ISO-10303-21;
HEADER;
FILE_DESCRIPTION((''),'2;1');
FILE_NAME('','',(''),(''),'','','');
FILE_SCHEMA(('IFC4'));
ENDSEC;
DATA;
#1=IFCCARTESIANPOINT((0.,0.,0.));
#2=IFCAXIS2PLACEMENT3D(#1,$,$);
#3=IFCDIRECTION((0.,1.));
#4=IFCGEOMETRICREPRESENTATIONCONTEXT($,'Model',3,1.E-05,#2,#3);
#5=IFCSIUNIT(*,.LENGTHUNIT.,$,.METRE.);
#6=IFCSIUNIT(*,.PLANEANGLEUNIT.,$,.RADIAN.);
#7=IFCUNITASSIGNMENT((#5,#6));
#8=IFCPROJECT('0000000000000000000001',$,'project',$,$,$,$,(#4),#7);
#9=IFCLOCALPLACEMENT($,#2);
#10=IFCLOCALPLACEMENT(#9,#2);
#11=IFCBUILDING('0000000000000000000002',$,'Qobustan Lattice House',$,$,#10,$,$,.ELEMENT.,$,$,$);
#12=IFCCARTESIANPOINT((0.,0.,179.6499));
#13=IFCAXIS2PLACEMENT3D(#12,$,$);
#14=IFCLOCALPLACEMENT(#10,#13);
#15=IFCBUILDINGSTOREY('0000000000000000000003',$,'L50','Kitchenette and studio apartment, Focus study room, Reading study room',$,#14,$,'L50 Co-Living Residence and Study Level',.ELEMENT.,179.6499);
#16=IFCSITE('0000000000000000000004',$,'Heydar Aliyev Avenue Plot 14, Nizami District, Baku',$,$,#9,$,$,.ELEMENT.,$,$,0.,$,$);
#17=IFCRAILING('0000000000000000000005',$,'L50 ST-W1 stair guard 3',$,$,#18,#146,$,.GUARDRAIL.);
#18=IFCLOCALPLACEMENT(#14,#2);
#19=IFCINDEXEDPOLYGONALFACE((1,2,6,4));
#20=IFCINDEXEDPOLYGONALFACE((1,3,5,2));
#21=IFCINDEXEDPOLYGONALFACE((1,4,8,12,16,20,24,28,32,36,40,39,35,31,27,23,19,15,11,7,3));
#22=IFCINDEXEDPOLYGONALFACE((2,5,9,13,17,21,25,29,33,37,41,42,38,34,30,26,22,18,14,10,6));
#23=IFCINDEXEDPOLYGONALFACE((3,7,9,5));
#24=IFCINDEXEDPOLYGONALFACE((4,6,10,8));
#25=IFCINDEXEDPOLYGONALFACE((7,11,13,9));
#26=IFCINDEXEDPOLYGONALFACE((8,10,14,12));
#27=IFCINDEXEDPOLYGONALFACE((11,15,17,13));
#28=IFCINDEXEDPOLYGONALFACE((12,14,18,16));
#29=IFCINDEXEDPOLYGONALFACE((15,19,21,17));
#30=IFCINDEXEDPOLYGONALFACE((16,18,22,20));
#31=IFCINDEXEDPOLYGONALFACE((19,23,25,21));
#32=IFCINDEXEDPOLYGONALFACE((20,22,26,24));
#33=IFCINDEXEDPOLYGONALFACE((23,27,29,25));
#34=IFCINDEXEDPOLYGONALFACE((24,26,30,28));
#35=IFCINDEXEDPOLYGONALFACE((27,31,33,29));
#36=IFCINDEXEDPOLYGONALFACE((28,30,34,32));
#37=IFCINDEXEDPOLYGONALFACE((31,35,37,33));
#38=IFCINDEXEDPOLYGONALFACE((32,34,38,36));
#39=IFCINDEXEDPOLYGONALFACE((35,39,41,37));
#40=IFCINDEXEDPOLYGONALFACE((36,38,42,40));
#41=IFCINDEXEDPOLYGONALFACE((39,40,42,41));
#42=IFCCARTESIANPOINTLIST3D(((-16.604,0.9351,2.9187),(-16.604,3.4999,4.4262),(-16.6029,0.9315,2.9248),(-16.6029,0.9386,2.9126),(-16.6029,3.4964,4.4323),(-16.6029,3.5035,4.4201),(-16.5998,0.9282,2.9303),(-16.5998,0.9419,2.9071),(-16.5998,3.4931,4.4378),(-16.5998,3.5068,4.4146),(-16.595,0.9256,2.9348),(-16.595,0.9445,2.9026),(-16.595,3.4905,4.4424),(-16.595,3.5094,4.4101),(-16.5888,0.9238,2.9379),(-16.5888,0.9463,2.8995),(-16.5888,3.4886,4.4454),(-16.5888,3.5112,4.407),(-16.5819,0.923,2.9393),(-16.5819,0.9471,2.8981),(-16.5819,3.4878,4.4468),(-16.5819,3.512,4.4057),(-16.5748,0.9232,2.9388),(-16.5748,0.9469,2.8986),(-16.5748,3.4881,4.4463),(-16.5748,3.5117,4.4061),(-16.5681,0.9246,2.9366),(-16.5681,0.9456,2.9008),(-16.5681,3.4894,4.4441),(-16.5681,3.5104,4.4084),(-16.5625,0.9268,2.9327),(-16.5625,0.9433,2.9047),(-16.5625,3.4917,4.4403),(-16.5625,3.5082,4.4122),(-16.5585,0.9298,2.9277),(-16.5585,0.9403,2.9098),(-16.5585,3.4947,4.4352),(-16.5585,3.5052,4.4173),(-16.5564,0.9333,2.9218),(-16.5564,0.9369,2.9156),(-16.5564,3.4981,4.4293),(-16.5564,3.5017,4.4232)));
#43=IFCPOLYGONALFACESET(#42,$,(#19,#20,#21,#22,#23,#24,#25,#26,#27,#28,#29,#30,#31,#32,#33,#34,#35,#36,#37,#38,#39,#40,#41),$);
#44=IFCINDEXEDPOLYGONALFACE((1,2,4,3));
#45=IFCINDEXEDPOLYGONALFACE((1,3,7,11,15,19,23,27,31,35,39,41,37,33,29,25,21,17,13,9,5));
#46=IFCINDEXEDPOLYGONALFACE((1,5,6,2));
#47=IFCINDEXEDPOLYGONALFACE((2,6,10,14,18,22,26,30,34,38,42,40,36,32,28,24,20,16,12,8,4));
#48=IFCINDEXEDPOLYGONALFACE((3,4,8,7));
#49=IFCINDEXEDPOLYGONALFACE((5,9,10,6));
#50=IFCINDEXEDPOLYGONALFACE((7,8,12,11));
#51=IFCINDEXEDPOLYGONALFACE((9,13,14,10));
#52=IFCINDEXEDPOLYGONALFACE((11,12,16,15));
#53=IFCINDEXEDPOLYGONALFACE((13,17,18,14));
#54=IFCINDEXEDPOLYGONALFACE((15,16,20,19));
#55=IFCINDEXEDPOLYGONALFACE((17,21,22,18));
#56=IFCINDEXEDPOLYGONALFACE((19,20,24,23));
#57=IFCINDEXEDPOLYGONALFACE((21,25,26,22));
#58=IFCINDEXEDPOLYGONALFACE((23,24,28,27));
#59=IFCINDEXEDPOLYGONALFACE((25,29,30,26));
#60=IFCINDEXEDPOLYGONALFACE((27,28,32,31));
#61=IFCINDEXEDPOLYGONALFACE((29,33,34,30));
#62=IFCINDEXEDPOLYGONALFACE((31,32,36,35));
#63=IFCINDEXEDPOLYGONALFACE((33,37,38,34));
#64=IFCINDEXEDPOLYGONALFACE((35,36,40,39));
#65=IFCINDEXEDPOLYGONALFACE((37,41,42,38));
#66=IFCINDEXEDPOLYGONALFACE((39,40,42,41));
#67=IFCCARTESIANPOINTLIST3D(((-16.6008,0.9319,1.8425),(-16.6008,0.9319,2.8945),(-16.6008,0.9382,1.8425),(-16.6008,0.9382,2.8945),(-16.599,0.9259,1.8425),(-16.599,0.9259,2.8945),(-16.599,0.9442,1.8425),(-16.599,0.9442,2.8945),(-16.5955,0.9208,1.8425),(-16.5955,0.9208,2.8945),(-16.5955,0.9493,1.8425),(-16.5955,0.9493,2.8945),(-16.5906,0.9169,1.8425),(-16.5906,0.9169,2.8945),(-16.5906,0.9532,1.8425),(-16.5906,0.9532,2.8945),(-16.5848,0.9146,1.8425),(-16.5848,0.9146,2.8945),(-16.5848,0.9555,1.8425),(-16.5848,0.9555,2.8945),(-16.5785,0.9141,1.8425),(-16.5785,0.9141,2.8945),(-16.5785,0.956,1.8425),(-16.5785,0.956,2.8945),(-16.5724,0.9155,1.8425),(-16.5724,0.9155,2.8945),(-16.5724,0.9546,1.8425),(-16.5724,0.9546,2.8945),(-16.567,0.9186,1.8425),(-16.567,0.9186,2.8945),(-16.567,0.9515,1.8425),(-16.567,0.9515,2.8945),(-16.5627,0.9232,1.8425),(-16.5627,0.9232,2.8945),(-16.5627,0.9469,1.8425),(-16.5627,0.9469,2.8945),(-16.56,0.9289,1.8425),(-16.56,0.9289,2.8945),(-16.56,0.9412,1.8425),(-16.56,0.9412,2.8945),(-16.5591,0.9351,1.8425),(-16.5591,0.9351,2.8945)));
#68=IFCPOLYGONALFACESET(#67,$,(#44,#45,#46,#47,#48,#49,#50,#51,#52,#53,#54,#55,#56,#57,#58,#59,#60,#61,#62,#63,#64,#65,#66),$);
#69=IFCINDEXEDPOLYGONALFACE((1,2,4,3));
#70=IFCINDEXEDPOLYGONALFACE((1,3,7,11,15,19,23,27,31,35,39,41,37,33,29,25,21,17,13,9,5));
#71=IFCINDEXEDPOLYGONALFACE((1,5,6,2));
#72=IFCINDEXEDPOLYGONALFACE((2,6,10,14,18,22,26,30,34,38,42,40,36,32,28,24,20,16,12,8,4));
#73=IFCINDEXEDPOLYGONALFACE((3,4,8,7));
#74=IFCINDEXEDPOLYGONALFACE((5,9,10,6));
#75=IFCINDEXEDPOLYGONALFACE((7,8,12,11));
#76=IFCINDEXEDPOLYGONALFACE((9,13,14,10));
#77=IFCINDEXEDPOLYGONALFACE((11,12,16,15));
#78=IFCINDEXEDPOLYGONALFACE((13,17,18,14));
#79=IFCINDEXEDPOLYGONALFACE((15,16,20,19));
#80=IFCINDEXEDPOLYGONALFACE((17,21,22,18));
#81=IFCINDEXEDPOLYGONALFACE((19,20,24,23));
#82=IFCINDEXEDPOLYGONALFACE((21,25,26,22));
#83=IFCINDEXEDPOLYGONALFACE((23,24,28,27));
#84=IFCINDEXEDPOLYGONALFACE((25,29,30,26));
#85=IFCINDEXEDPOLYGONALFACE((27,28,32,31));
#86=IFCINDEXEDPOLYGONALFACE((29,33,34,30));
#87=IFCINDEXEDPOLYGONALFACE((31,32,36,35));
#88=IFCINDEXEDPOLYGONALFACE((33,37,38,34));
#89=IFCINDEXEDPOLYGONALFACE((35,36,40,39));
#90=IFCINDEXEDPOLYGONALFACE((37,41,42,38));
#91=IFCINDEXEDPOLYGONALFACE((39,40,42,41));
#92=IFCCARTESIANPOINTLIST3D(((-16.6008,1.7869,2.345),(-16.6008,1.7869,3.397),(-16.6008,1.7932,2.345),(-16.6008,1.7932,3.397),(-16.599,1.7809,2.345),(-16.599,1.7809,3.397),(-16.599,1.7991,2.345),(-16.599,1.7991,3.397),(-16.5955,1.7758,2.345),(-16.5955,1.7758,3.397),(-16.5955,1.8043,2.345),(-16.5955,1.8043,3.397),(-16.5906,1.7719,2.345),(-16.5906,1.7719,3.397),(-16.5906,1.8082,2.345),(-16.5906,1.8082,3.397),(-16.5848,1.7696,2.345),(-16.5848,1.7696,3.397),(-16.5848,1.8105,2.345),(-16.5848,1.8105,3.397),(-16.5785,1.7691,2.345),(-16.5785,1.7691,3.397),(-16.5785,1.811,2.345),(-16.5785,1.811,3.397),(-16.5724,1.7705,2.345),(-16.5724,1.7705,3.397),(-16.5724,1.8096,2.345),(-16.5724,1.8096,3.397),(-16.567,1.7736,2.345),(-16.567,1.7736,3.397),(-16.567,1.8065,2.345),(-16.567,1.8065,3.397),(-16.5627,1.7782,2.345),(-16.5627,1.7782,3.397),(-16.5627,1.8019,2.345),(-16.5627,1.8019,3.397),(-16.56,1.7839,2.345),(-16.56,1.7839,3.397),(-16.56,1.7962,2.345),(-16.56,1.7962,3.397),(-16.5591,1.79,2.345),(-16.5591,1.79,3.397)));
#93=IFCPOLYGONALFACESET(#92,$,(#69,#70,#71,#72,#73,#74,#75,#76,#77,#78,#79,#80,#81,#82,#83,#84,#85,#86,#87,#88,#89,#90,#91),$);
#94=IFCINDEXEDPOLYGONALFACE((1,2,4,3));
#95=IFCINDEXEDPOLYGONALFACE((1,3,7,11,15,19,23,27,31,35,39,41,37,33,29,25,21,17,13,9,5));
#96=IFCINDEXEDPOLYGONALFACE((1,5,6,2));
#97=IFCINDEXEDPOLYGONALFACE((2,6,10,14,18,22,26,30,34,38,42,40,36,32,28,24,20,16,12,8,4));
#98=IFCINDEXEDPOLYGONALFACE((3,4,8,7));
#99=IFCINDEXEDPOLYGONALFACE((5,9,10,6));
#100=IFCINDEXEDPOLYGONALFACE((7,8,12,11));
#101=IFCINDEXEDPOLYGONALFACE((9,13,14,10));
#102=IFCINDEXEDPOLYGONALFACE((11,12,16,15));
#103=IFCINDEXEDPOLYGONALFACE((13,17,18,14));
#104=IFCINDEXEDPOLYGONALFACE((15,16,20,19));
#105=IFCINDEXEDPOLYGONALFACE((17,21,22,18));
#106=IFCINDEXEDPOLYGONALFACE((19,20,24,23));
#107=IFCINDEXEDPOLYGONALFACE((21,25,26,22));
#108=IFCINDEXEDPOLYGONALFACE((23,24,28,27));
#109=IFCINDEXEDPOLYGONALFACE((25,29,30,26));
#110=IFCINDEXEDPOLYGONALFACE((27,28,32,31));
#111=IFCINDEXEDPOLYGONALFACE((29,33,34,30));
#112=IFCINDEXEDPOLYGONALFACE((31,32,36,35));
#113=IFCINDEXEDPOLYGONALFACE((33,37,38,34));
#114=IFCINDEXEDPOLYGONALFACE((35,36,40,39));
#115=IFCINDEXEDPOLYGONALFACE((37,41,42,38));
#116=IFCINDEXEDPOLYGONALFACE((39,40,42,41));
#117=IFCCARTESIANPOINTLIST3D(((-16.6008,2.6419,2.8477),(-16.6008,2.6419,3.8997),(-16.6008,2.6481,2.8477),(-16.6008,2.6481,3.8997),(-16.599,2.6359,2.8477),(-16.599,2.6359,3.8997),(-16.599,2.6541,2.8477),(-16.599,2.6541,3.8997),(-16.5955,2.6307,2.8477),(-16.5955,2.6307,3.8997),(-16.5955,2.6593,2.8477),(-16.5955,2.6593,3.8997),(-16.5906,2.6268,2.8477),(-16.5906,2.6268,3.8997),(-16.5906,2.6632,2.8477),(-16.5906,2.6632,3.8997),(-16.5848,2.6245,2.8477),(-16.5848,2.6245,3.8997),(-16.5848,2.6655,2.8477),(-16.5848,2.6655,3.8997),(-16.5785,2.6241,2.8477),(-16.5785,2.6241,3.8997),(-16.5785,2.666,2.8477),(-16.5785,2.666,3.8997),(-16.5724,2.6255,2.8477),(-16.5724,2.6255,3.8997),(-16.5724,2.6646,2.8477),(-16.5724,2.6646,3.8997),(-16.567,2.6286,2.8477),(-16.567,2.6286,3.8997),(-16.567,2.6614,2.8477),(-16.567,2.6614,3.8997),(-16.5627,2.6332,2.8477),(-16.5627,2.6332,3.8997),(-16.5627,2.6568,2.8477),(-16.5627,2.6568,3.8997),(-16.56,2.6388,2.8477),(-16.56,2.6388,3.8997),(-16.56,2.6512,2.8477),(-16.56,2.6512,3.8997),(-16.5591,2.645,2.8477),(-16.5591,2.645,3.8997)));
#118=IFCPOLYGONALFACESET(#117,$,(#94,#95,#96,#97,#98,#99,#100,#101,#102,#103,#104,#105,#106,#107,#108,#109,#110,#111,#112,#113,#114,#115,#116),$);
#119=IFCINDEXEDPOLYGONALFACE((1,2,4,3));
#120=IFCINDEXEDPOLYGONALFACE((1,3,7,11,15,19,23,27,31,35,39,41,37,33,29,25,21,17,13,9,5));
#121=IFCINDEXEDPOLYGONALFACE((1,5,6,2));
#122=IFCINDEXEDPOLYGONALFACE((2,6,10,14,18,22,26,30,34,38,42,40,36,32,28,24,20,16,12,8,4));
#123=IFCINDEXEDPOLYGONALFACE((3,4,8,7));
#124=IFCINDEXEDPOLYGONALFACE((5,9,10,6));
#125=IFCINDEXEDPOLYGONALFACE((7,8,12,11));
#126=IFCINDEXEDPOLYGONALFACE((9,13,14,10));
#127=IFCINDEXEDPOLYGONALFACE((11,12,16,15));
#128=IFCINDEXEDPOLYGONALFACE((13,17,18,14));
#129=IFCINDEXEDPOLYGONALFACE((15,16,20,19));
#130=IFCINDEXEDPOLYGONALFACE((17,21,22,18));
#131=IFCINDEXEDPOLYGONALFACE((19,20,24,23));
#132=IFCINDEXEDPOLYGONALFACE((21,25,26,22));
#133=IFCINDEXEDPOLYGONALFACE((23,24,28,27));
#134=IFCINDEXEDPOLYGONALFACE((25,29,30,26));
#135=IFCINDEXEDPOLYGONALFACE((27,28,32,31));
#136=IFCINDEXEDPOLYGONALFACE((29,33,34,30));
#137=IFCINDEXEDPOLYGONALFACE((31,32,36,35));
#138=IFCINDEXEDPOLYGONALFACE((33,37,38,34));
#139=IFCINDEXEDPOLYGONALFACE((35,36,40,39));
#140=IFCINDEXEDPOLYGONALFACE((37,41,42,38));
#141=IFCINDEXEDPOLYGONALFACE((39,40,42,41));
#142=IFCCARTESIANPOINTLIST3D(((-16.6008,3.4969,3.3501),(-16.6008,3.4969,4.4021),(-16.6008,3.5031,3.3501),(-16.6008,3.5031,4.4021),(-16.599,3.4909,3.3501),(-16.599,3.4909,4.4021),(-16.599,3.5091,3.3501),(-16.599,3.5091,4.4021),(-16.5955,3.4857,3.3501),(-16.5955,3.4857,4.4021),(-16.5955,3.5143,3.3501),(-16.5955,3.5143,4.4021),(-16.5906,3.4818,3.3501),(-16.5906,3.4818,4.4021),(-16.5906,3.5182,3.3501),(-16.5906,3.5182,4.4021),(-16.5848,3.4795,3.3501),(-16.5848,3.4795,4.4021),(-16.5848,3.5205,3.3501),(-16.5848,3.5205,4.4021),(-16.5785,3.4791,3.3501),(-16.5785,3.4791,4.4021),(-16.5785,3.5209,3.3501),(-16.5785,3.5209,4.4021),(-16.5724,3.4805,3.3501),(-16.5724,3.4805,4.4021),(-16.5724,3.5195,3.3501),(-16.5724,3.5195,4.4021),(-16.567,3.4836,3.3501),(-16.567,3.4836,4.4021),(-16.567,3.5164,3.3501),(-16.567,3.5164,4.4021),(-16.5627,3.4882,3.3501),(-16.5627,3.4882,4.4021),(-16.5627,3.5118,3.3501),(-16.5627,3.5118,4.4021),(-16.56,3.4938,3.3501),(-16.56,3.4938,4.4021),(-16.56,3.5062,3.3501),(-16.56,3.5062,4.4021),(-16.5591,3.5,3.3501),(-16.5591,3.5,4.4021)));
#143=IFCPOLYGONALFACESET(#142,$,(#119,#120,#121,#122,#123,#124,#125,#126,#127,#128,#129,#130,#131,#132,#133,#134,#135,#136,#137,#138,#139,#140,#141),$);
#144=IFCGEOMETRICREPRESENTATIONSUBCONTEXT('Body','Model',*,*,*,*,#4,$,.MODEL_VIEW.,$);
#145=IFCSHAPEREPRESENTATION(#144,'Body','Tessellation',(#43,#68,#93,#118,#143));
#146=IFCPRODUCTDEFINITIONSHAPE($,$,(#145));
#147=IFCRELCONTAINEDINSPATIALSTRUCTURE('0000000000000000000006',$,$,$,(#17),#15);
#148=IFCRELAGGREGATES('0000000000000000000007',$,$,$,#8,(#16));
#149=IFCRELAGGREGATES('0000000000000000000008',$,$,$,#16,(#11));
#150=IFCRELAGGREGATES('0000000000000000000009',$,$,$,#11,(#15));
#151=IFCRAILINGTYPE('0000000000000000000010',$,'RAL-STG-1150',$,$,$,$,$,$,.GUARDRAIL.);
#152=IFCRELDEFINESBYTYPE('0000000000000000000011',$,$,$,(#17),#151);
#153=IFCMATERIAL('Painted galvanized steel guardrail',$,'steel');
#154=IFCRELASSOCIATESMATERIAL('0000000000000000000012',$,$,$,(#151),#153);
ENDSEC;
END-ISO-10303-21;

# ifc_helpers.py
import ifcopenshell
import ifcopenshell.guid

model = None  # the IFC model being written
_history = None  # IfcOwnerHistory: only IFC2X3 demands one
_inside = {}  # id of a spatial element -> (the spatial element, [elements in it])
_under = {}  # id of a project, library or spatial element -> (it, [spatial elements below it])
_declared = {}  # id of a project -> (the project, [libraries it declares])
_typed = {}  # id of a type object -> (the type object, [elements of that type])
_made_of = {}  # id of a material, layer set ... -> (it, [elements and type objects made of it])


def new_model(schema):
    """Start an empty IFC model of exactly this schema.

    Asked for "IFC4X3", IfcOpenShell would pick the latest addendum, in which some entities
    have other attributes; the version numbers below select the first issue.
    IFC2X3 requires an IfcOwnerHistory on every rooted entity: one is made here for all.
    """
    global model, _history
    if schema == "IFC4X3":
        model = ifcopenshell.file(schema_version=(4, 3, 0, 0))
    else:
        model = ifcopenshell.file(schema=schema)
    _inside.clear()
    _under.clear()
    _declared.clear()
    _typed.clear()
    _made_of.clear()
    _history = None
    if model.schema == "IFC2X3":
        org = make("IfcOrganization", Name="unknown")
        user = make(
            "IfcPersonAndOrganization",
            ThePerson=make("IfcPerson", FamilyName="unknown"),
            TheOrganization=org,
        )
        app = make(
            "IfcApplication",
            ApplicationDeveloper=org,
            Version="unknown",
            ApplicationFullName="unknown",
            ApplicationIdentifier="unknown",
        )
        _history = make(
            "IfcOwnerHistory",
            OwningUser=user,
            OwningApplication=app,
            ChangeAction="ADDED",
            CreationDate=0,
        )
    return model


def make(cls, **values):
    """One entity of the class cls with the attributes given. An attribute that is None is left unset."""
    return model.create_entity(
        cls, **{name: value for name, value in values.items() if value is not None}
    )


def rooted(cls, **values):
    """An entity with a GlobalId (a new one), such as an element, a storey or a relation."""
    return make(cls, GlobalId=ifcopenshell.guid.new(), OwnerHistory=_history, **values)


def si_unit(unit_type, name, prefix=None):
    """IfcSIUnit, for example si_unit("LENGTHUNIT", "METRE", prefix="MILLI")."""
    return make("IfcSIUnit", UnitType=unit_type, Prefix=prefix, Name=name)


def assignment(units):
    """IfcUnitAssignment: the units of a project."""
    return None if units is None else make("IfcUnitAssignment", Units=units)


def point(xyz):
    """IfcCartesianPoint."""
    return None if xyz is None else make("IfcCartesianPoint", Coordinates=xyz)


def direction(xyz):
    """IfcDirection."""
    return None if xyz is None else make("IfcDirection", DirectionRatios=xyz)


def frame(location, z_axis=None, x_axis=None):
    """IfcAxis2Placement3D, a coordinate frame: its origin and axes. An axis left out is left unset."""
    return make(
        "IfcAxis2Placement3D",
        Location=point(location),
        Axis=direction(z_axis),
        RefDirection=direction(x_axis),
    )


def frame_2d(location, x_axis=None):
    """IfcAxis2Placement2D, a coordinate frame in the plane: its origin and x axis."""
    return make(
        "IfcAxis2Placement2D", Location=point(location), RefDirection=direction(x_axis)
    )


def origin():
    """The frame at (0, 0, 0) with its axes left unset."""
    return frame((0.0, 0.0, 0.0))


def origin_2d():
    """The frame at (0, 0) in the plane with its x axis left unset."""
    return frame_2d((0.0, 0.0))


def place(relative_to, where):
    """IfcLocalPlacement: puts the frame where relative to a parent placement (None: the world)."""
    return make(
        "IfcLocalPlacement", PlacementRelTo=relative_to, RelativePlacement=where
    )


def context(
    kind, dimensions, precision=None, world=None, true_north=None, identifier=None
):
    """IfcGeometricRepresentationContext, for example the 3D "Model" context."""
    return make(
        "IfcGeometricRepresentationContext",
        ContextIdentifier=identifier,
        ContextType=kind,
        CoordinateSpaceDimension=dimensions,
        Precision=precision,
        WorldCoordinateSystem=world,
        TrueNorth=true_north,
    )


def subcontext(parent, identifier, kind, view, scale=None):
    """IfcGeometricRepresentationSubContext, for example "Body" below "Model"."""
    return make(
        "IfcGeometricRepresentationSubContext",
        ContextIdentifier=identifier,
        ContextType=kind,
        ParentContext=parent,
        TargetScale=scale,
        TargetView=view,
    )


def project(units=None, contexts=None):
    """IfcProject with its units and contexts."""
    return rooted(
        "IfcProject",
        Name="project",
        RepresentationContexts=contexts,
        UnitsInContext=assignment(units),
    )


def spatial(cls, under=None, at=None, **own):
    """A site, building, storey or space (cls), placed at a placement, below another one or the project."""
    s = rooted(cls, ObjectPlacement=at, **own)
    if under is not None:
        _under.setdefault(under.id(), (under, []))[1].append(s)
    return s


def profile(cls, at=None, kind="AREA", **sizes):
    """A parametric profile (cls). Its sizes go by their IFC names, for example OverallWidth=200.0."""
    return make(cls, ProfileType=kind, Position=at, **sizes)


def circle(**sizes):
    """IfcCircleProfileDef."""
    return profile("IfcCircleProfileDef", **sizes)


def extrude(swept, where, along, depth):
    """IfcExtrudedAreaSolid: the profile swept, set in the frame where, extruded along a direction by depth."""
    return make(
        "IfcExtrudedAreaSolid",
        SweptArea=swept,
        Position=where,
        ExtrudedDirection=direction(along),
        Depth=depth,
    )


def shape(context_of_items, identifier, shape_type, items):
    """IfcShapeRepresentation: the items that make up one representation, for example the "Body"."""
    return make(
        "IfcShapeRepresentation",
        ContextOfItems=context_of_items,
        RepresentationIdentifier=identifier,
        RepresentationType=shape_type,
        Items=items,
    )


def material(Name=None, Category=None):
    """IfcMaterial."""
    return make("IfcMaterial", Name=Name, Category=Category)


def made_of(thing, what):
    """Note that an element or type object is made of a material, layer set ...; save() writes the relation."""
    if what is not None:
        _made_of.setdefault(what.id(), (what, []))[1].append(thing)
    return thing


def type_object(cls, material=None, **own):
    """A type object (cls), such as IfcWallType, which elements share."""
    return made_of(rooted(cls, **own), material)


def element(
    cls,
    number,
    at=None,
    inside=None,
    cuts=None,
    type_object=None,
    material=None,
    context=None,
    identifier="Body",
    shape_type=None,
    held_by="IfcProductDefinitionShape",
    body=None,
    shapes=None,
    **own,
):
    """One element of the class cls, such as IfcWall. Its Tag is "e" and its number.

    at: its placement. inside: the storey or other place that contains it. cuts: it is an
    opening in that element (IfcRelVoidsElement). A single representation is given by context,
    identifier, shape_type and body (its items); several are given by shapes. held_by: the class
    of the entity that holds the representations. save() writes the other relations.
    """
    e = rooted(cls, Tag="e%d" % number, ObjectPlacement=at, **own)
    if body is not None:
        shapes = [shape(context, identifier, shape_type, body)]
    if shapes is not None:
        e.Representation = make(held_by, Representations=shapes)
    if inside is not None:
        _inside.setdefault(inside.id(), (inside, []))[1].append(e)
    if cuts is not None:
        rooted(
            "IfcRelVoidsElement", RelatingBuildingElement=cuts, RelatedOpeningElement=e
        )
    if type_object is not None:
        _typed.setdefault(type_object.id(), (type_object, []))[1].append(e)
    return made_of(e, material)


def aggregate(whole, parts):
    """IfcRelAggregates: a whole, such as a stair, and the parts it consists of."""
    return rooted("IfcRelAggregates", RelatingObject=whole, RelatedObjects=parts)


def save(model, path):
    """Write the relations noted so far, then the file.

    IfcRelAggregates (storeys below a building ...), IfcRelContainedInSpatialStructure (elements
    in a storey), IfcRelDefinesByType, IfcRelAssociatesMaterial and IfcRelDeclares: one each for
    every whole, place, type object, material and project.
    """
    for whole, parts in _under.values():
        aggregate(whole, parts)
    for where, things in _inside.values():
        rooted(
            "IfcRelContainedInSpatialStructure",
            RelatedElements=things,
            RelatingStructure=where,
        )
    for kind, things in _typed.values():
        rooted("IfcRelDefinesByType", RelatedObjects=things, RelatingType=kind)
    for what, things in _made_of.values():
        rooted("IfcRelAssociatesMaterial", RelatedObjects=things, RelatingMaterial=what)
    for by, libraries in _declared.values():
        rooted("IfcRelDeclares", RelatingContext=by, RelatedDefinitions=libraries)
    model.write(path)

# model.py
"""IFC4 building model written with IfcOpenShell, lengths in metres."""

from ifc_helpers import new_model, si_unit, direction, frame, origin, origin_2d, place, context, subcontext, project, spatial, circle, extrude, material, type_object, element, save


model = new_model("IFC4")

# Units and contexts
model_context = context("Model", 3, precision=1e-05, world=origin(), true_north=direction((0.0, 1.0)))
body_context = subcontext(model_context, "Body", "Model", "MODEL_VIEW")
ifc_project = project(units=[si_unit("LENGTHUNIT", "METRE"), si_unit("PLANEANGLEUNIT", "RADIAN")], contexts=[model_context])

# Site, building, storey
site_placement = place(None, origin())
site = spatial("IfcSite", under=ifc_project, at=site_placement, Name="Heydar Aliyev Avenue Plot 14, Nizami District, Baku", CompositionType="ELEMENT", RefElevation=0.0)
building_placement = place(site_placement, origin())
building = spatial("IfcBuilding", under=site, at=building_placement, Name="Qobustan Lattice House", CompositionType="ELEMENT")
storey_placement = place(building_placement, frame((0.0, 0.0, 179.6499)))
storey = spatial("IfcBuildingStorey", under=building, at=storey_placement, Name="L50", Description="Kitchenette and studio apartment, Focus study room, Reading study room", LongName="L50 Co-Living Residence and Study Level", CompositionType="ELEMENT", Elevation=179.6499)

# Railing
ifc_material_1 = material(Name="Painted galvanized steel guardrail", Category="steel")
railing_type_1 = type_object("IfcRailingType", Name="RAL-STG-1150", PredefinedType="GUARDRAIL", material=ifc_material_1)
railing_1_placement = place(storey_placement, frame((-16.5801, 0.9351, 1.8425)))
element("IfcRailing", 1, at=railing_1_placement, inside=storey, type_object=railing_type_1, Name="L50 ST-W1 stair guard 3", PredefinedType="GUARDRAIL", context=body_context, shape_type="SweptSolid", body=[
    extrude(circle(Radius=0.0239, at=origin_2d()), frame((0.0, 0.0, 1.0762), z_axis=(0.0, 0.862113, 0.506715), x_axis=(-1.0, 0.0, 0.0)), (0.0, 0.0, 1.0), 2.9751),
    extrude(circle(Radius=0.021, at=origin_2d()), origin(), (0.0, 0.0, 1.0), 1.052),
    extrude(circle(Radius=0.021, at=origin_2d()), frame((0.0, 0.855, 0.5024)), (0.0, 0.0, 1.0), 1.052),
    extrude(circle(Radius=0.021, at=origin_2d()), frame((0.0, 1.71, 1.0051)), (0.0, 0.0, 1.0), 1.052),
    extrude(circle(Radius=0.021, at=origin_2d()), frame((0.0, 2.5649, 1.5076)), (0.0, 0.0, 1.0), 1.052),
])

save(model, "model.ifc")
